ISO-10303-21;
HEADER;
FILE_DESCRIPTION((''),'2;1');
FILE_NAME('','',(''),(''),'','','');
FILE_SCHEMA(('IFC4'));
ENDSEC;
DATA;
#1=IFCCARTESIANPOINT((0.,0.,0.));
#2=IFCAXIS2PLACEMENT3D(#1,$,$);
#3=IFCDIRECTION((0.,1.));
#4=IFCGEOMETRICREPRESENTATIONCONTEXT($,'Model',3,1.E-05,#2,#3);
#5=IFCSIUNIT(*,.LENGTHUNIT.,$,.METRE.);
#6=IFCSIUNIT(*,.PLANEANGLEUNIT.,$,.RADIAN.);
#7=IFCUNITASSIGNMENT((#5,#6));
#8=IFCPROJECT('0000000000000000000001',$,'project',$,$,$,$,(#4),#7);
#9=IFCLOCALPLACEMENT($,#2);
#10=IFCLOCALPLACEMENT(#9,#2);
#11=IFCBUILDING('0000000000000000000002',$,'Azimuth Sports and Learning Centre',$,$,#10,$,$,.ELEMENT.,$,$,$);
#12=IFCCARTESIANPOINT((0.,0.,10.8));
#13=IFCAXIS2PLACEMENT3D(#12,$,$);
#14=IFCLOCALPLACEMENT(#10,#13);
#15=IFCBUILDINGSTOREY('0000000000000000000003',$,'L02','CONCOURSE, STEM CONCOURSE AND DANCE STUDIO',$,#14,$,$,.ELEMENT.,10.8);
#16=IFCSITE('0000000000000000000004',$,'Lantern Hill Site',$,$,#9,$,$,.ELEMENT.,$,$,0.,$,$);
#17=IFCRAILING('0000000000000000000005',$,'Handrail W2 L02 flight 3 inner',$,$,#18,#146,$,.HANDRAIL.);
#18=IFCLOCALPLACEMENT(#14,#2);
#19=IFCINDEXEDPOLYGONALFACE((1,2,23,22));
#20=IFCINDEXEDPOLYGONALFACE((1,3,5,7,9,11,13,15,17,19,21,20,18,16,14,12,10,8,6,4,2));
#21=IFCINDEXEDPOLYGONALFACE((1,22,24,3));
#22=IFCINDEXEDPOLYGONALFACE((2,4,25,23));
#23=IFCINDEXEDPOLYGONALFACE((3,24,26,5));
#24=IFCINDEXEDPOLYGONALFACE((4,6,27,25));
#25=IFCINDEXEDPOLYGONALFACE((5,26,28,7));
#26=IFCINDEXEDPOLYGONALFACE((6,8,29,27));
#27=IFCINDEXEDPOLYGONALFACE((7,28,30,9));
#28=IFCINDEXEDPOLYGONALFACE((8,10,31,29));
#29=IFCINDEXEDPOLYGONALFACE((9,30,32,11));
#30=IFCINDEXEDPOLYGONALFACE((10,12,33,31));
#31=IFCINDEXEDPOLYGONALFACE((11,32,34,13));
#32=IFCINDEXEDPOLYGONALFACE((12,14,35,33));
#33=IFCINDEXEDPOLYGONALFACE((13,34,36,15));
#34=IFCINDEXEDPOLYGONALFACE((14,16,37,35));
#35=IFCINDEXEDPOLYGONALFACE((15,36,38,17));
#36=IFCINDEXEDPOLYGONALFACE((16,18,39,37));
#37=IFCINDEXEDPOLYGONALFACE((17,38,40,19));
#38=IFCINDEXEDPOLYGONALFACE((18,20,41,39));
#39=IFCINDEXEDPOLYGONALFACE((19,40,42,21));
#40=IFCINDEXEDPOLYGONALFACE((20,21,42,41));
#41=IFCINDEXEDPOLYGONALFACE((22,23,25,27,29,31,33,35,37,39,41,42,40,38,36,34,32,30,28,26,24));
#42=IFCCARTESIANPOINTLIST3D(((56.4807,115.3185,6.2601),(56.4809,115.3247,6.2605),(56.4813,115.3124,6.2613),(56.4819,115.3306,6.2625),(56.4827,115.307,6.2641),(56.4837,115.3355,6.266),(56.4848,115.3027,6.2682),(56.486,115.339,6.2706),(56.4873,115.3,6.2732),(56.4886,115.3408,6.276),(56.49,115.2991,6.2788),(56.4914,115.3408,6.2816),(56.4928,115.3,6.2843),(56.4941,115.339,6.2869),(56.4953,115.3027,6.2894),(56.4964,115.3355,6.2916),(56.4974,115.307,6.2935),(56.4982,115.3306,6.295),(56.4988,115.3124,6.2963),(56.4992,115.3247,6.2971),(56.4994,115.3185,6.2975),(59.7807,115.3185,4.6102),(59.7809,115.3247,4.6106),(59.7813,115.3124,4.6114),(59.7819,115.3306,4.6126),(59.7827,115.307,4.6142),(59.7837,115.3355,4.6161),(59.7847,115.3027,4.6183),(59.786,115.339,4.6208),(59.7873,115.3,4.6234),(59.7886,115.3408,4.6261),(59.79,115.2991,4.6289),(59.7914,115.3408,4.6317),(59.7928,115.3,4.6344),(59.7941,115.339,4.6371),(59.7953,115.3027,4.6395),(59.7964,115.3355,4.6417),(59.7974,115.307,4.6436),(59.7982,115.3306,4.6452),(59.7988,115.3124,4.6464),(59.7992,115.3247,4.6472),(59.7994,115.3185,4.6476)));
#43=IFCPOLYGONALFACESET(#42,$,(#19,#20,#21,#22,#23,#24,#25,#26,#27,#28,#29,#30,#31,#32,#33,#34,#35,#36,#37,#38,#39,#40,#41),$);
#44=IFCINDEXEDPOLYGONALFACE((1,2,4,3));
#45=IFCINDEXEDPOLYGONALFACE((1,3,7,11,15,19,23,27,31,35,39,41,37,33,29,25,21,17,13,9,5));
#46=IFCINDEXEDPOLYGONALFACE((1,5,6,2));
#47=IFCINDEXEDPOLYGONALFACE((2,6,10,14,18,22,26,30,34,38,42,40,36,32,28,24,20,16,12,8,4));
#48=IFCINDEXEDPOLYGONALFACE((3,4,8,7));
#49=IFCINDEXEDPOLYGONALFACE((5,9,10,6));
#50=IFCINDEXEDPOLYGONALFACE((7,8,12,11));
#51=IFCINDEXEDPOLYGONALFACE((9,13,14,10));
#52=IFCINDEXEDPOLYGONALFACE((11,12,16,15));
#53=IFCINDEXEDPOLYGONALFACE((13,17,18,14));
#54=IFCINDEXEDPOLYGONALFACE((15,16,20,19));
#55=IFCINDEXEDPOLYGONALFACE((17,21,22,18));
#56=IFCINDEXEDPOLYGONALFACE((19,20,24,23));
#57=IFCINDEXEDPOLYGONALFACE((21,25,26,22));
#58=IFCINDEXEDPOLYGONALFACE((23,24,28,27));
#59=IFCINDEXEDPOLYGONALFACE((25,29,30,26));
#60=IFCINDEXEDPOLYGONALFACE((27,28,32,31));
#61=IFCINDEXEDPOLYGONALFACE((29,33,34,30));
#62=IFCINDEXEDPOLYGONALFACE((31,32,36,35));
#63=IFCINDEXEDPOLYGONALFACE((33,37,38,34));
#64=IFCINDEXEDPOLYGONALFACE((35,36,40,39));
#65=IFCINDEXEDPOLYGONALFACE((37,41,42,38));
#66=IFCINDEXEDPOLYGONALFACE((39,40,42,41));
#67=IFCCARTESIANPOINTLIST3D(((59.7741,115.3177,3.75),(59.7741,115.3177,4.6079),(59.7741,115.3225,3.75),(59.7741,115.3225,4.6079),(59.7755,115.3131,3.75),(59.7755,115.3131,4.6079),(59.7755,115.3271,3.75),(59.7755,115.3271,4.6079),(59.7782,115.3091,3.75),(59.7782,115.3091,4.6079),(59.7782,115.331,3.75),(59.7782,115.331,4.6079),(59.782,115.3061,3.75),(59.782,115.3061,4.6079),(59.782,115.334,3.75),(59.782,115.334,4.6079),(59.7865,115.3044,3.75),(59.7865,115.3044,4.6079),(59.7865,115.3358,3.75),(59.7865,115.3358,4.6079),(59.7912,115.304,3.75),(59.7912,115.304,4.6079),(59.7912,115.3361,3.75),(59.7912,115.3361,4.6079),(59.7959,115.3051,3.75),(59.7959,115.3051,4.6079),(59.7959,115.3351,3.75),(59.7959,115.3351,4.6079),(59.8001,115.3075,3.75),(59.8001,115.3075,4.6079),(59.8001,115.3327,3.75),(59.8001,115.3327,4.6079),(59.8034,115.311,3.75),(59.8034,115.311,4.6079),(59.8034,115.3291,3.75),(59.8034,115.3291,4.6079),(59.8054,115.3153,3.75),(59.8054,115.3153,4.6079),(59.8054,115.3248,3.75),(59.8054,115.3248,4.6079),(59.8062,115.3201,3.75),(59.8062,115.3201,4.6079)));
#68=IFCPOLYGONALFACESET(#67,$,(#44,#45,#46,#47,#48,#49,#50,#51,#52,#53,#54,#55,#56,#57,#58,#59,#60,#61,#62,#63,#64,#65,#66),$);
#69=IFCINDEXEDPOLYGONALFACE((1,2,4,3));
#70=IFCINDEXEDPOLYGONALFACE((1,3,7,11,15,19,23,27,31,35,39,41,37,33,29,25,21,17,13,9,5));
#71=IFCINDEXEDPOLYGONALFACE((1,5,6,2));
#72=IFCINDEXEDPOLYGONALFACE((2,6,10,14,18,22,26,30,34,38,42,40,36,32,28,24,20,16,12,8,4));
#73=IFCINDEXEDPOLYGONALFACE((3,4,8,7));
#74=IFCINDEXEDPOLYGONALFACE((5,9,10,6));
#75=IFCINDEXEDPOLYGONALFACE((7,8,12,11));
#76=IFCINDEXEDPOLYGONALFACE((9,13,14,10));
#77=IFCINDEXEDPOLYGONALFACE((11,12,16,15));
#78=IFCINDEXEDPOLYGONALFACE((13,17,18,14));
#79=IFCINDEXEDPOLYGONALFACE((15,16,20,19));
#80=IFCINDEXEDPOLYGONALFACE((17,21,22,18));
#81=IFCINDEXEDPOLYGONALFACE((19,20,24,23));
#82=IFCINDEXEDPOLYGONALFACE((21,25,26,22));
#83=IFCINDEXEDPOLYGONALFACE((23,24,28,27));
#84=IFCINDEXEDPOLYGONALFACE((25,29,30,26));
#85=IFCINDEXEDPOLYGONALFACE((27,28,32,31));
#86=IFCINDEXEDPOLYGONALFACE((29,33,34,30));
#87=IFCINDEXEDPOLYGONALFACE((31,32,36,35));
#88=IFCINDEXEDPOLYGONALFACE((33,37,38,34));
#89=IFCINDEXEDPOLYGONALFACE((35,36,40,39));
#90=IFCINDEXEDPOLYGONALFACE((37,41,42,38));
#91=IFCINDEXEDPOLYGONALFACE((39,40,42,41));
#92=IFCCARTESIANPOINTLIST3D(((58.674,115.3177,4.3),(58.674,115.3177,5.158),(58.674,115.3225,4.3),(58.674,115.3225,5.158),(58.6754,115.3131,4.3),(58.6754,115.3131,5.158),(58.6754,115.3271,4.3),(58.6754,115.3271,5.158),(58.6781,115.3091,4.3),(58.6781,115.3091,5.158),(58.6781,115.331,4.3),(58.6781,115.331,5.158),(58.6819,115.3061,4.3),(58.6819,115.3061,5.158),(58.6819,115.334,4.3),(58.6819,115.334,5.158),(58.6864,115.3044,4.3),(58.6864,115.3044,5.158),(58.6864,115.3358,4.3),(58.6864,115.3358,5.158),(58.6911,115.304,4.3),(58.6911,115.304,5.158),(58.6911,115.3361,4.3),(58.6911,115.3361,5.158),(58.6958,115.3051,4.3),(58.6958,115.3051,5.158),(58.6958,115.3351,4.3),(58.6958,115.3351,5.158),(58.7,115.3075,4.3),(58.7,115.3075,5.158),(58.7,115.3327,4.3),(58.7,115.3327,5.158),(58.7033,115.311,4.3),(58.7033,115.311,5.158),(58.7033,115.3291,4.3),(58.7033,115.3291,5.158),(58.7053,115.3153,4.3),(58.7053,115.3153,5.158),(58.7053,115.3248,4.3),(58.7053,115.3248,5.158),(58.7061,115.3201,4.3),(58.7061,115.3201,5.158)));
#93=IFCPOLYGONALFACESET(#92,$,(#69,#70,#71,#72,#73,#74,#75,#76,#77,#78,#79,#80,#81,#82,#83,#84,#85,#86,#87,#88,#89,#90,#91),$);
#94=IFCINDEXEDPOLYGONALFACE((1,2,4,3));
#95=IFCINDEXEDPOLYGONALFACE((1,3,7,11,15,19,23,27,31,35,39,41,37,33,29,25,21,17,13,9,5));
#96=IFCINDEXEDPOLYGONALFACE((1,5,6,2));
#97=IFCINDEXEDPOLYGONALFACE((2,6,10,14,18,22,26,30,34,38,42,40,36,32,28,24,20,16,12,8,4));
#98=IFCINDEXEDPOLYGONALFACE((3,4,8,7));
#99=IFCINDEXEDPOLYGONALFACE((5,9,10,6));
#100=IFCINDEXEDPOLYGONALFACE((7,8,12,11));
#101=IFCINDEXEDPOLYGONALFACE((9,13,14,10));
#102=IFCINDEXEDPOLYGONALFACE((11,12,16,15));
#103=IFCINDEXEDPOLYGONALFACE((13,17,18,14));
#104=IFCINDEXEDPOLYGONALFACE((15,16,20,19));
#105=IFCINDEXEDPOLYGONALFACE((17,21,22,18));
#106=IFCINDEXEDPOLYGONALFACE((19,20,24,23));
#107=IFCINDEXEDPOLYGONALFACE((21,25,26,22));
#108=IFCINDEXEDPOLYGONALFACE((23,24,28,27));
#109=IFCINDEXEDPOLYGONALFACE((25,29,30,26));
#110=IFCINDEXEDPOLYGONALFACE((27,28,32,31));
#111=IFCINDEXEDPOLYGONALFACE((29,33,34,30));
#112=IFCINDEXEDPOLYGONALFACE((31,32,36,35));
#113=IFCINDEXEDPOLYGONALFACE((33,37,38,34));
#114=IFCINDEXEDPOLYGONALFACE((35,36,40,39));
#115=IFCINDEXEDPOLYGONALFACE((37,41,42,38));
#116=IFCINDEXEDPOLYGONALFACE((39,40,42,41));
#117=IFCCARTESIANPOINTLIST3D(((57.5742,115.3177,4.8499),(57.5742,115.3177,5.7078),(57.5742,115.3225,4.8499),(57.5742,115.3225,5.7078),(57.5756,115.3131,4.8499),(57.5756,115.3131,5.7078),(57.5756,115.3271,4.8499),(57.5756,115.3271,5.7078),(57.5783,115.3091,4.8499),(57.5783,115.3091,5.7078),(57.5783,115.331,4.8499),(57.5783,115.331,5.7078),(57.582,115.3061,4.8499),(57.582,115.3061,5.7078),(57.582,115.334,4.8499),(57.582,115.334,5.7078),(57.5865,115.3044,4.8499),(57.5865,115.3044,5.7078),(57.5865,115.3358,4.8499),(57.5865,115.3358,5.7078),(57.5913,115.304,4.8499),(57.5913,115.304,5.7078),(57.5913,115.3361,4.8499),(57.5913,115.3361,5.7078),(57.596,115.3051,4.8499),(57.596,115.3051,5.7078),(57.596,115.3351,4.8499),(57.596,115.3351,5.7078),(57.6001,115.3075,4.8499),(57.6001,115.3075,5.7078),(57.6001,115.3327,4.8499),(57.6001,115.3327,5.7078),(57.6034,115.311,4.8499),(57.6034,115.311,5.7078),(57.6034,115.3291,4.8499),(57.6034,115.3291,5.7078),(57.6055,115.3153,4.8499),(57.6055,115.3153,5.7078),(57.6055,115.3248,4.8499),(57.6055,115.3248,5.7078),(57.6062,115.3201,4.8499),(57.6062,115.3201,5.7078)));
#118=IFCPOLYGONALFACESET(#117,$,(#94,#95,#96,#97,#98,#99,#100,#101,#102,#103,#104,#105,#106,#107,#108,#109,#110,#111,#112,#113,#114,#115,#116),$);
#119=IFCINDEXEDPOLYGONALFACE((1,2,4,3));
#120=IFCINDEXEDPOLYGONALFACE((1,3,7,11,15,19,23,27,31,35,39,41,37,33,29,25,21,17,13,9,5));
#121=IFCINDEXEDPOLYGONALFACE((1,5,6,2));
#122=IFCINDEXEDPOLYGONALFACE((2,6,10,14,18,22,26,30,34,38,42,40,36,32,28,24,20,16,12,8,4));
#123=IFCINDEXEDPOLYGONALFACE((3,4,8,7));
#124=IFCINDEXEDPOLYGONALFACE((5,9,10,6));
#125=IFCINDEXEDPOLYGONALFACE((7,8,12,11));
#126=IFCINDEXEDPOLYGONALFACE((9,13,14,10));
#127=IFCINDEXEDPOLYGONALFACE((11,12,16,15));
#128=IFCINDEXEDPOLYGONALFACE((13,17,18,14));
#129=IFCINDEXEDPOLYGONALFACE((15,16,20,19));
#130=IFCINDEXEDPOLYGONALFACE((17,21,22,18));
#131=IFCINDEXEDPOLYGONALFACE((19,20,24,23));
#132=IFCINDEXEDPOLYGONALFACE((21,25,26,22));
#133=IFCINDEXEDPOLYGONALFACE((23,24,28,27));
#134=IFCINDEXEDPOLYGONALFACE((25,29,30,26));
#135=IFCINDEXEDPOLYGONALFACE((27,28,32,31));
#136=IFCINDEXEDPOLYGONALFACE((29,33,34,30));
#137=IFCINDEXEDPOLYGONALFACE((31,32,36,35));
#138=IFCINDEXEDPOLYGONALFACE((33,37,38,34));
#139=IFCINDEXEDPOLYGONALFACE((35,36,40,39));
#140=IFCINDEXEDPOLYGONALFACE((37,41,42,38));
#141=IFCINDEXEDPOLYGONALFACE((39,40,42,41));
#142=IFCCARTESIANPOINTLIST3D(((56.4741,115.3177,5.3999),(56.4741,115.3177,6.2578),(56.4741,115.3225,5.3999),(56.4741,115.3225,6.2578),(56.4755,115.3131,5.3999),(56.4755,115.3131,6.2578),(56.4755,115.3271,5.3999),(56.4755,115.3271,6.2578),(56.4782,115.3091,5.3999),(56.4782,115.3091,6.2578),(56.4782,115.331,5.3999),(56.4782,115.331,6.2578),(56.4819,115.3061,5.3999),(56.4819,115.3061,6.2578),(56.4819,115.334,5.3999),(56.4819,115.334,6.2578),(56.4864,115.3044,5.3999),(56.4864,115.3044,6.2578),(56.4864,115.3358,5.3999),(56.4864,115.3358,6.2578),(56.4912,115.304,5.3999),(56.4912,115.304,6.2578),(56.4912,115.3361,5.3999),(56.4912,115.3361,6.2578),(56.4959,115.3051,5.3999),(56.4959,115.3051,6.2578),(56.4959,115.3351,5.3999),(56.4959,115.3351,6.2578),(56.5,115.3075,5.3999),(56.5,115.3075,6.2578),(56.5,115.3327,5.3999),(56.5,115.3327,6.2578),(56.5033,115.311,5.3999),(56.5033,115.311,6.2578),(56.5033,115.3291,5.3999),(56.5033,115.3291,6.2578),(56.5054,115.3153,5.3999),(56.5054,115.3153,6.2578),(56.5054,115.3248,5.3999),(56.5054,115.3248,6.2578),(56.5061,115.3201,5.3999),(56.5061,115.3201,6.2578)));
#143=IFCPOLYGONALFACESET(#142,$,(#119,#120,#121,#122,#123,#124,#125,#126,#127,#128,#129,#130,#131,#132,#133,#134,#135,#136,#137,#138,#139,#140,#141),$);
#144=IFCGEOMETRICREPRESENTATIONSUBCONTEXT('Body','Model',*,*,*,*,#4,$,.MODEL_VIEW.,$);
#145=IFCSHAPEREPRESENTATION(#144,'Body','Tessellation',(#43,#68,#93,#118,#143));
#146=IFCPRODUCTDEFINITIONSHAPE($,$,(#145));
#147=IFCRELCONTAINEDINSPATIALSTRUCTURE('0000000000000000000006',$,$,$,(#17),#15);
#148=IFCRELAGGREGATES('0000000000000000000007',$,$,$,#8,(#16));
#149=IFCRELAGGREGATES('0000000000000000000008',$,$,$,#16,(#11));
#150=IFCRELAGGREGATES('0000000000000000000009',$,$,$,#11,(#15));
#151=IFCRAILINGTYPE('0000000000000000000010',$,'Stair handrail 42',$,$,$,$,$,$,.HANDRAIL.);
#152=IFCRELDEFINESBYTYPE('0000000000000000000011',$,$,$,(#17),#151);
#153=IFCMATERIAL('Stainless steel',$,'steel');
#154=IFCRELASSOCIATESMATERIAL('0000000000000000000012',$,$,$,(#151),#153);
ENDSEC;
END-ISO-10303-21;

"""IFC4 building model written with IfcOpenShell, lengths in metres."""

from ifc_helpers import new_model, si_unit, direction, frame, origin, origin_2d, place, context, subcontext, project, spatial, circle, extrude, material, type_object, element, save


model = new_model("IFC4")

# Units and contexts
model_context = context("Model", 3, precision=1e-05, world=origin(), true_north=direction((0.0, 1.0)))
body_context = subcontext(model_context, "Body", "Model", "MODEL_VIEW")
ifc_project = project(units=[si_unit("LENGTHUNIT", "METRE"), si_unit("PLANEANGLEUNIT", "RADIAN")], contexts=[model_context])

# Site, building, storey
site_placement = place(None, origin())
site = spatial("IfcSite", under=ifc_project, at=site_placement, Name="Lantern Hill Site", CompositionType="ELEMENT", RefElevation=0.0)
building_placement = place(site_placement, origin())
building = spatial("IfcBuilding", under=site, at=building_placement, Name="Azimuth Sports and Learning Centre", CompositionType="ELEMENT")
storey_placement = place(building_placement, frame((0.0, 0.0, 10.8)))
storey = spatial("IfcBuildingStorey", under=building, at=storey_placement, Name="L02", Description="CONCOURSE, STEM CONCOURSE AND DANCE STUDIO", CompositionType="ELEMENT", Elevation=10.8)

# Railing
ifc_material_1 = material(Name="Stainless steel", Category="steel")
railing_type = type_object("IfcRailingType", Name="Stair handrail 42", PredefinedType="HANDRAIL", material=ifc_material_1)
for number, where, name in (
    (1, (59.79, 115.3201, 3.75), "Handrail W2 L02 flight 3 inner"),
):
    element("IfcRailing", number, at=place(storey_placement, frame(where)), inside=storey, type_object=railing_type, Name=name, PredefinedType="HANDRAIL", context=body_context, shape_type="SweptSolid", body=[
        extrude(circle(Radius=0.021, at=origin_2d()), frame((0.0, 0.0, 0.8789), z_axis=(-0.89444, 0.0, 0.447187), x_axis=(0.0, -1.0, 0.0)), (0.0, 0.0, 1.0), 3.6895),
        extrude(circle(Radius=0.0161, at=origin_2d()), origin(), (0.0, 0.0, 1.0), 0.8579),
        extrude(circle(Radius=0.0161, at=origin_2d()), frame((-1.1001, 0.0, 0.55)), (0.0, 0.0, 1.0), 0.8579),
        extrude(circle(Radius=0.0161, at=origin_2d()), frame((-2.2, 0.0, 1.0999)), (0.0, 0.0, 1.0), 0.8579),
        extrude(circle(Radius=0.0161, at=origin_2d()), frame((-3.3, 0.0, 1.6499)), (0.0, 0.0, 1.0), 0.8579),
    ])

save(model, "model.ifc")
